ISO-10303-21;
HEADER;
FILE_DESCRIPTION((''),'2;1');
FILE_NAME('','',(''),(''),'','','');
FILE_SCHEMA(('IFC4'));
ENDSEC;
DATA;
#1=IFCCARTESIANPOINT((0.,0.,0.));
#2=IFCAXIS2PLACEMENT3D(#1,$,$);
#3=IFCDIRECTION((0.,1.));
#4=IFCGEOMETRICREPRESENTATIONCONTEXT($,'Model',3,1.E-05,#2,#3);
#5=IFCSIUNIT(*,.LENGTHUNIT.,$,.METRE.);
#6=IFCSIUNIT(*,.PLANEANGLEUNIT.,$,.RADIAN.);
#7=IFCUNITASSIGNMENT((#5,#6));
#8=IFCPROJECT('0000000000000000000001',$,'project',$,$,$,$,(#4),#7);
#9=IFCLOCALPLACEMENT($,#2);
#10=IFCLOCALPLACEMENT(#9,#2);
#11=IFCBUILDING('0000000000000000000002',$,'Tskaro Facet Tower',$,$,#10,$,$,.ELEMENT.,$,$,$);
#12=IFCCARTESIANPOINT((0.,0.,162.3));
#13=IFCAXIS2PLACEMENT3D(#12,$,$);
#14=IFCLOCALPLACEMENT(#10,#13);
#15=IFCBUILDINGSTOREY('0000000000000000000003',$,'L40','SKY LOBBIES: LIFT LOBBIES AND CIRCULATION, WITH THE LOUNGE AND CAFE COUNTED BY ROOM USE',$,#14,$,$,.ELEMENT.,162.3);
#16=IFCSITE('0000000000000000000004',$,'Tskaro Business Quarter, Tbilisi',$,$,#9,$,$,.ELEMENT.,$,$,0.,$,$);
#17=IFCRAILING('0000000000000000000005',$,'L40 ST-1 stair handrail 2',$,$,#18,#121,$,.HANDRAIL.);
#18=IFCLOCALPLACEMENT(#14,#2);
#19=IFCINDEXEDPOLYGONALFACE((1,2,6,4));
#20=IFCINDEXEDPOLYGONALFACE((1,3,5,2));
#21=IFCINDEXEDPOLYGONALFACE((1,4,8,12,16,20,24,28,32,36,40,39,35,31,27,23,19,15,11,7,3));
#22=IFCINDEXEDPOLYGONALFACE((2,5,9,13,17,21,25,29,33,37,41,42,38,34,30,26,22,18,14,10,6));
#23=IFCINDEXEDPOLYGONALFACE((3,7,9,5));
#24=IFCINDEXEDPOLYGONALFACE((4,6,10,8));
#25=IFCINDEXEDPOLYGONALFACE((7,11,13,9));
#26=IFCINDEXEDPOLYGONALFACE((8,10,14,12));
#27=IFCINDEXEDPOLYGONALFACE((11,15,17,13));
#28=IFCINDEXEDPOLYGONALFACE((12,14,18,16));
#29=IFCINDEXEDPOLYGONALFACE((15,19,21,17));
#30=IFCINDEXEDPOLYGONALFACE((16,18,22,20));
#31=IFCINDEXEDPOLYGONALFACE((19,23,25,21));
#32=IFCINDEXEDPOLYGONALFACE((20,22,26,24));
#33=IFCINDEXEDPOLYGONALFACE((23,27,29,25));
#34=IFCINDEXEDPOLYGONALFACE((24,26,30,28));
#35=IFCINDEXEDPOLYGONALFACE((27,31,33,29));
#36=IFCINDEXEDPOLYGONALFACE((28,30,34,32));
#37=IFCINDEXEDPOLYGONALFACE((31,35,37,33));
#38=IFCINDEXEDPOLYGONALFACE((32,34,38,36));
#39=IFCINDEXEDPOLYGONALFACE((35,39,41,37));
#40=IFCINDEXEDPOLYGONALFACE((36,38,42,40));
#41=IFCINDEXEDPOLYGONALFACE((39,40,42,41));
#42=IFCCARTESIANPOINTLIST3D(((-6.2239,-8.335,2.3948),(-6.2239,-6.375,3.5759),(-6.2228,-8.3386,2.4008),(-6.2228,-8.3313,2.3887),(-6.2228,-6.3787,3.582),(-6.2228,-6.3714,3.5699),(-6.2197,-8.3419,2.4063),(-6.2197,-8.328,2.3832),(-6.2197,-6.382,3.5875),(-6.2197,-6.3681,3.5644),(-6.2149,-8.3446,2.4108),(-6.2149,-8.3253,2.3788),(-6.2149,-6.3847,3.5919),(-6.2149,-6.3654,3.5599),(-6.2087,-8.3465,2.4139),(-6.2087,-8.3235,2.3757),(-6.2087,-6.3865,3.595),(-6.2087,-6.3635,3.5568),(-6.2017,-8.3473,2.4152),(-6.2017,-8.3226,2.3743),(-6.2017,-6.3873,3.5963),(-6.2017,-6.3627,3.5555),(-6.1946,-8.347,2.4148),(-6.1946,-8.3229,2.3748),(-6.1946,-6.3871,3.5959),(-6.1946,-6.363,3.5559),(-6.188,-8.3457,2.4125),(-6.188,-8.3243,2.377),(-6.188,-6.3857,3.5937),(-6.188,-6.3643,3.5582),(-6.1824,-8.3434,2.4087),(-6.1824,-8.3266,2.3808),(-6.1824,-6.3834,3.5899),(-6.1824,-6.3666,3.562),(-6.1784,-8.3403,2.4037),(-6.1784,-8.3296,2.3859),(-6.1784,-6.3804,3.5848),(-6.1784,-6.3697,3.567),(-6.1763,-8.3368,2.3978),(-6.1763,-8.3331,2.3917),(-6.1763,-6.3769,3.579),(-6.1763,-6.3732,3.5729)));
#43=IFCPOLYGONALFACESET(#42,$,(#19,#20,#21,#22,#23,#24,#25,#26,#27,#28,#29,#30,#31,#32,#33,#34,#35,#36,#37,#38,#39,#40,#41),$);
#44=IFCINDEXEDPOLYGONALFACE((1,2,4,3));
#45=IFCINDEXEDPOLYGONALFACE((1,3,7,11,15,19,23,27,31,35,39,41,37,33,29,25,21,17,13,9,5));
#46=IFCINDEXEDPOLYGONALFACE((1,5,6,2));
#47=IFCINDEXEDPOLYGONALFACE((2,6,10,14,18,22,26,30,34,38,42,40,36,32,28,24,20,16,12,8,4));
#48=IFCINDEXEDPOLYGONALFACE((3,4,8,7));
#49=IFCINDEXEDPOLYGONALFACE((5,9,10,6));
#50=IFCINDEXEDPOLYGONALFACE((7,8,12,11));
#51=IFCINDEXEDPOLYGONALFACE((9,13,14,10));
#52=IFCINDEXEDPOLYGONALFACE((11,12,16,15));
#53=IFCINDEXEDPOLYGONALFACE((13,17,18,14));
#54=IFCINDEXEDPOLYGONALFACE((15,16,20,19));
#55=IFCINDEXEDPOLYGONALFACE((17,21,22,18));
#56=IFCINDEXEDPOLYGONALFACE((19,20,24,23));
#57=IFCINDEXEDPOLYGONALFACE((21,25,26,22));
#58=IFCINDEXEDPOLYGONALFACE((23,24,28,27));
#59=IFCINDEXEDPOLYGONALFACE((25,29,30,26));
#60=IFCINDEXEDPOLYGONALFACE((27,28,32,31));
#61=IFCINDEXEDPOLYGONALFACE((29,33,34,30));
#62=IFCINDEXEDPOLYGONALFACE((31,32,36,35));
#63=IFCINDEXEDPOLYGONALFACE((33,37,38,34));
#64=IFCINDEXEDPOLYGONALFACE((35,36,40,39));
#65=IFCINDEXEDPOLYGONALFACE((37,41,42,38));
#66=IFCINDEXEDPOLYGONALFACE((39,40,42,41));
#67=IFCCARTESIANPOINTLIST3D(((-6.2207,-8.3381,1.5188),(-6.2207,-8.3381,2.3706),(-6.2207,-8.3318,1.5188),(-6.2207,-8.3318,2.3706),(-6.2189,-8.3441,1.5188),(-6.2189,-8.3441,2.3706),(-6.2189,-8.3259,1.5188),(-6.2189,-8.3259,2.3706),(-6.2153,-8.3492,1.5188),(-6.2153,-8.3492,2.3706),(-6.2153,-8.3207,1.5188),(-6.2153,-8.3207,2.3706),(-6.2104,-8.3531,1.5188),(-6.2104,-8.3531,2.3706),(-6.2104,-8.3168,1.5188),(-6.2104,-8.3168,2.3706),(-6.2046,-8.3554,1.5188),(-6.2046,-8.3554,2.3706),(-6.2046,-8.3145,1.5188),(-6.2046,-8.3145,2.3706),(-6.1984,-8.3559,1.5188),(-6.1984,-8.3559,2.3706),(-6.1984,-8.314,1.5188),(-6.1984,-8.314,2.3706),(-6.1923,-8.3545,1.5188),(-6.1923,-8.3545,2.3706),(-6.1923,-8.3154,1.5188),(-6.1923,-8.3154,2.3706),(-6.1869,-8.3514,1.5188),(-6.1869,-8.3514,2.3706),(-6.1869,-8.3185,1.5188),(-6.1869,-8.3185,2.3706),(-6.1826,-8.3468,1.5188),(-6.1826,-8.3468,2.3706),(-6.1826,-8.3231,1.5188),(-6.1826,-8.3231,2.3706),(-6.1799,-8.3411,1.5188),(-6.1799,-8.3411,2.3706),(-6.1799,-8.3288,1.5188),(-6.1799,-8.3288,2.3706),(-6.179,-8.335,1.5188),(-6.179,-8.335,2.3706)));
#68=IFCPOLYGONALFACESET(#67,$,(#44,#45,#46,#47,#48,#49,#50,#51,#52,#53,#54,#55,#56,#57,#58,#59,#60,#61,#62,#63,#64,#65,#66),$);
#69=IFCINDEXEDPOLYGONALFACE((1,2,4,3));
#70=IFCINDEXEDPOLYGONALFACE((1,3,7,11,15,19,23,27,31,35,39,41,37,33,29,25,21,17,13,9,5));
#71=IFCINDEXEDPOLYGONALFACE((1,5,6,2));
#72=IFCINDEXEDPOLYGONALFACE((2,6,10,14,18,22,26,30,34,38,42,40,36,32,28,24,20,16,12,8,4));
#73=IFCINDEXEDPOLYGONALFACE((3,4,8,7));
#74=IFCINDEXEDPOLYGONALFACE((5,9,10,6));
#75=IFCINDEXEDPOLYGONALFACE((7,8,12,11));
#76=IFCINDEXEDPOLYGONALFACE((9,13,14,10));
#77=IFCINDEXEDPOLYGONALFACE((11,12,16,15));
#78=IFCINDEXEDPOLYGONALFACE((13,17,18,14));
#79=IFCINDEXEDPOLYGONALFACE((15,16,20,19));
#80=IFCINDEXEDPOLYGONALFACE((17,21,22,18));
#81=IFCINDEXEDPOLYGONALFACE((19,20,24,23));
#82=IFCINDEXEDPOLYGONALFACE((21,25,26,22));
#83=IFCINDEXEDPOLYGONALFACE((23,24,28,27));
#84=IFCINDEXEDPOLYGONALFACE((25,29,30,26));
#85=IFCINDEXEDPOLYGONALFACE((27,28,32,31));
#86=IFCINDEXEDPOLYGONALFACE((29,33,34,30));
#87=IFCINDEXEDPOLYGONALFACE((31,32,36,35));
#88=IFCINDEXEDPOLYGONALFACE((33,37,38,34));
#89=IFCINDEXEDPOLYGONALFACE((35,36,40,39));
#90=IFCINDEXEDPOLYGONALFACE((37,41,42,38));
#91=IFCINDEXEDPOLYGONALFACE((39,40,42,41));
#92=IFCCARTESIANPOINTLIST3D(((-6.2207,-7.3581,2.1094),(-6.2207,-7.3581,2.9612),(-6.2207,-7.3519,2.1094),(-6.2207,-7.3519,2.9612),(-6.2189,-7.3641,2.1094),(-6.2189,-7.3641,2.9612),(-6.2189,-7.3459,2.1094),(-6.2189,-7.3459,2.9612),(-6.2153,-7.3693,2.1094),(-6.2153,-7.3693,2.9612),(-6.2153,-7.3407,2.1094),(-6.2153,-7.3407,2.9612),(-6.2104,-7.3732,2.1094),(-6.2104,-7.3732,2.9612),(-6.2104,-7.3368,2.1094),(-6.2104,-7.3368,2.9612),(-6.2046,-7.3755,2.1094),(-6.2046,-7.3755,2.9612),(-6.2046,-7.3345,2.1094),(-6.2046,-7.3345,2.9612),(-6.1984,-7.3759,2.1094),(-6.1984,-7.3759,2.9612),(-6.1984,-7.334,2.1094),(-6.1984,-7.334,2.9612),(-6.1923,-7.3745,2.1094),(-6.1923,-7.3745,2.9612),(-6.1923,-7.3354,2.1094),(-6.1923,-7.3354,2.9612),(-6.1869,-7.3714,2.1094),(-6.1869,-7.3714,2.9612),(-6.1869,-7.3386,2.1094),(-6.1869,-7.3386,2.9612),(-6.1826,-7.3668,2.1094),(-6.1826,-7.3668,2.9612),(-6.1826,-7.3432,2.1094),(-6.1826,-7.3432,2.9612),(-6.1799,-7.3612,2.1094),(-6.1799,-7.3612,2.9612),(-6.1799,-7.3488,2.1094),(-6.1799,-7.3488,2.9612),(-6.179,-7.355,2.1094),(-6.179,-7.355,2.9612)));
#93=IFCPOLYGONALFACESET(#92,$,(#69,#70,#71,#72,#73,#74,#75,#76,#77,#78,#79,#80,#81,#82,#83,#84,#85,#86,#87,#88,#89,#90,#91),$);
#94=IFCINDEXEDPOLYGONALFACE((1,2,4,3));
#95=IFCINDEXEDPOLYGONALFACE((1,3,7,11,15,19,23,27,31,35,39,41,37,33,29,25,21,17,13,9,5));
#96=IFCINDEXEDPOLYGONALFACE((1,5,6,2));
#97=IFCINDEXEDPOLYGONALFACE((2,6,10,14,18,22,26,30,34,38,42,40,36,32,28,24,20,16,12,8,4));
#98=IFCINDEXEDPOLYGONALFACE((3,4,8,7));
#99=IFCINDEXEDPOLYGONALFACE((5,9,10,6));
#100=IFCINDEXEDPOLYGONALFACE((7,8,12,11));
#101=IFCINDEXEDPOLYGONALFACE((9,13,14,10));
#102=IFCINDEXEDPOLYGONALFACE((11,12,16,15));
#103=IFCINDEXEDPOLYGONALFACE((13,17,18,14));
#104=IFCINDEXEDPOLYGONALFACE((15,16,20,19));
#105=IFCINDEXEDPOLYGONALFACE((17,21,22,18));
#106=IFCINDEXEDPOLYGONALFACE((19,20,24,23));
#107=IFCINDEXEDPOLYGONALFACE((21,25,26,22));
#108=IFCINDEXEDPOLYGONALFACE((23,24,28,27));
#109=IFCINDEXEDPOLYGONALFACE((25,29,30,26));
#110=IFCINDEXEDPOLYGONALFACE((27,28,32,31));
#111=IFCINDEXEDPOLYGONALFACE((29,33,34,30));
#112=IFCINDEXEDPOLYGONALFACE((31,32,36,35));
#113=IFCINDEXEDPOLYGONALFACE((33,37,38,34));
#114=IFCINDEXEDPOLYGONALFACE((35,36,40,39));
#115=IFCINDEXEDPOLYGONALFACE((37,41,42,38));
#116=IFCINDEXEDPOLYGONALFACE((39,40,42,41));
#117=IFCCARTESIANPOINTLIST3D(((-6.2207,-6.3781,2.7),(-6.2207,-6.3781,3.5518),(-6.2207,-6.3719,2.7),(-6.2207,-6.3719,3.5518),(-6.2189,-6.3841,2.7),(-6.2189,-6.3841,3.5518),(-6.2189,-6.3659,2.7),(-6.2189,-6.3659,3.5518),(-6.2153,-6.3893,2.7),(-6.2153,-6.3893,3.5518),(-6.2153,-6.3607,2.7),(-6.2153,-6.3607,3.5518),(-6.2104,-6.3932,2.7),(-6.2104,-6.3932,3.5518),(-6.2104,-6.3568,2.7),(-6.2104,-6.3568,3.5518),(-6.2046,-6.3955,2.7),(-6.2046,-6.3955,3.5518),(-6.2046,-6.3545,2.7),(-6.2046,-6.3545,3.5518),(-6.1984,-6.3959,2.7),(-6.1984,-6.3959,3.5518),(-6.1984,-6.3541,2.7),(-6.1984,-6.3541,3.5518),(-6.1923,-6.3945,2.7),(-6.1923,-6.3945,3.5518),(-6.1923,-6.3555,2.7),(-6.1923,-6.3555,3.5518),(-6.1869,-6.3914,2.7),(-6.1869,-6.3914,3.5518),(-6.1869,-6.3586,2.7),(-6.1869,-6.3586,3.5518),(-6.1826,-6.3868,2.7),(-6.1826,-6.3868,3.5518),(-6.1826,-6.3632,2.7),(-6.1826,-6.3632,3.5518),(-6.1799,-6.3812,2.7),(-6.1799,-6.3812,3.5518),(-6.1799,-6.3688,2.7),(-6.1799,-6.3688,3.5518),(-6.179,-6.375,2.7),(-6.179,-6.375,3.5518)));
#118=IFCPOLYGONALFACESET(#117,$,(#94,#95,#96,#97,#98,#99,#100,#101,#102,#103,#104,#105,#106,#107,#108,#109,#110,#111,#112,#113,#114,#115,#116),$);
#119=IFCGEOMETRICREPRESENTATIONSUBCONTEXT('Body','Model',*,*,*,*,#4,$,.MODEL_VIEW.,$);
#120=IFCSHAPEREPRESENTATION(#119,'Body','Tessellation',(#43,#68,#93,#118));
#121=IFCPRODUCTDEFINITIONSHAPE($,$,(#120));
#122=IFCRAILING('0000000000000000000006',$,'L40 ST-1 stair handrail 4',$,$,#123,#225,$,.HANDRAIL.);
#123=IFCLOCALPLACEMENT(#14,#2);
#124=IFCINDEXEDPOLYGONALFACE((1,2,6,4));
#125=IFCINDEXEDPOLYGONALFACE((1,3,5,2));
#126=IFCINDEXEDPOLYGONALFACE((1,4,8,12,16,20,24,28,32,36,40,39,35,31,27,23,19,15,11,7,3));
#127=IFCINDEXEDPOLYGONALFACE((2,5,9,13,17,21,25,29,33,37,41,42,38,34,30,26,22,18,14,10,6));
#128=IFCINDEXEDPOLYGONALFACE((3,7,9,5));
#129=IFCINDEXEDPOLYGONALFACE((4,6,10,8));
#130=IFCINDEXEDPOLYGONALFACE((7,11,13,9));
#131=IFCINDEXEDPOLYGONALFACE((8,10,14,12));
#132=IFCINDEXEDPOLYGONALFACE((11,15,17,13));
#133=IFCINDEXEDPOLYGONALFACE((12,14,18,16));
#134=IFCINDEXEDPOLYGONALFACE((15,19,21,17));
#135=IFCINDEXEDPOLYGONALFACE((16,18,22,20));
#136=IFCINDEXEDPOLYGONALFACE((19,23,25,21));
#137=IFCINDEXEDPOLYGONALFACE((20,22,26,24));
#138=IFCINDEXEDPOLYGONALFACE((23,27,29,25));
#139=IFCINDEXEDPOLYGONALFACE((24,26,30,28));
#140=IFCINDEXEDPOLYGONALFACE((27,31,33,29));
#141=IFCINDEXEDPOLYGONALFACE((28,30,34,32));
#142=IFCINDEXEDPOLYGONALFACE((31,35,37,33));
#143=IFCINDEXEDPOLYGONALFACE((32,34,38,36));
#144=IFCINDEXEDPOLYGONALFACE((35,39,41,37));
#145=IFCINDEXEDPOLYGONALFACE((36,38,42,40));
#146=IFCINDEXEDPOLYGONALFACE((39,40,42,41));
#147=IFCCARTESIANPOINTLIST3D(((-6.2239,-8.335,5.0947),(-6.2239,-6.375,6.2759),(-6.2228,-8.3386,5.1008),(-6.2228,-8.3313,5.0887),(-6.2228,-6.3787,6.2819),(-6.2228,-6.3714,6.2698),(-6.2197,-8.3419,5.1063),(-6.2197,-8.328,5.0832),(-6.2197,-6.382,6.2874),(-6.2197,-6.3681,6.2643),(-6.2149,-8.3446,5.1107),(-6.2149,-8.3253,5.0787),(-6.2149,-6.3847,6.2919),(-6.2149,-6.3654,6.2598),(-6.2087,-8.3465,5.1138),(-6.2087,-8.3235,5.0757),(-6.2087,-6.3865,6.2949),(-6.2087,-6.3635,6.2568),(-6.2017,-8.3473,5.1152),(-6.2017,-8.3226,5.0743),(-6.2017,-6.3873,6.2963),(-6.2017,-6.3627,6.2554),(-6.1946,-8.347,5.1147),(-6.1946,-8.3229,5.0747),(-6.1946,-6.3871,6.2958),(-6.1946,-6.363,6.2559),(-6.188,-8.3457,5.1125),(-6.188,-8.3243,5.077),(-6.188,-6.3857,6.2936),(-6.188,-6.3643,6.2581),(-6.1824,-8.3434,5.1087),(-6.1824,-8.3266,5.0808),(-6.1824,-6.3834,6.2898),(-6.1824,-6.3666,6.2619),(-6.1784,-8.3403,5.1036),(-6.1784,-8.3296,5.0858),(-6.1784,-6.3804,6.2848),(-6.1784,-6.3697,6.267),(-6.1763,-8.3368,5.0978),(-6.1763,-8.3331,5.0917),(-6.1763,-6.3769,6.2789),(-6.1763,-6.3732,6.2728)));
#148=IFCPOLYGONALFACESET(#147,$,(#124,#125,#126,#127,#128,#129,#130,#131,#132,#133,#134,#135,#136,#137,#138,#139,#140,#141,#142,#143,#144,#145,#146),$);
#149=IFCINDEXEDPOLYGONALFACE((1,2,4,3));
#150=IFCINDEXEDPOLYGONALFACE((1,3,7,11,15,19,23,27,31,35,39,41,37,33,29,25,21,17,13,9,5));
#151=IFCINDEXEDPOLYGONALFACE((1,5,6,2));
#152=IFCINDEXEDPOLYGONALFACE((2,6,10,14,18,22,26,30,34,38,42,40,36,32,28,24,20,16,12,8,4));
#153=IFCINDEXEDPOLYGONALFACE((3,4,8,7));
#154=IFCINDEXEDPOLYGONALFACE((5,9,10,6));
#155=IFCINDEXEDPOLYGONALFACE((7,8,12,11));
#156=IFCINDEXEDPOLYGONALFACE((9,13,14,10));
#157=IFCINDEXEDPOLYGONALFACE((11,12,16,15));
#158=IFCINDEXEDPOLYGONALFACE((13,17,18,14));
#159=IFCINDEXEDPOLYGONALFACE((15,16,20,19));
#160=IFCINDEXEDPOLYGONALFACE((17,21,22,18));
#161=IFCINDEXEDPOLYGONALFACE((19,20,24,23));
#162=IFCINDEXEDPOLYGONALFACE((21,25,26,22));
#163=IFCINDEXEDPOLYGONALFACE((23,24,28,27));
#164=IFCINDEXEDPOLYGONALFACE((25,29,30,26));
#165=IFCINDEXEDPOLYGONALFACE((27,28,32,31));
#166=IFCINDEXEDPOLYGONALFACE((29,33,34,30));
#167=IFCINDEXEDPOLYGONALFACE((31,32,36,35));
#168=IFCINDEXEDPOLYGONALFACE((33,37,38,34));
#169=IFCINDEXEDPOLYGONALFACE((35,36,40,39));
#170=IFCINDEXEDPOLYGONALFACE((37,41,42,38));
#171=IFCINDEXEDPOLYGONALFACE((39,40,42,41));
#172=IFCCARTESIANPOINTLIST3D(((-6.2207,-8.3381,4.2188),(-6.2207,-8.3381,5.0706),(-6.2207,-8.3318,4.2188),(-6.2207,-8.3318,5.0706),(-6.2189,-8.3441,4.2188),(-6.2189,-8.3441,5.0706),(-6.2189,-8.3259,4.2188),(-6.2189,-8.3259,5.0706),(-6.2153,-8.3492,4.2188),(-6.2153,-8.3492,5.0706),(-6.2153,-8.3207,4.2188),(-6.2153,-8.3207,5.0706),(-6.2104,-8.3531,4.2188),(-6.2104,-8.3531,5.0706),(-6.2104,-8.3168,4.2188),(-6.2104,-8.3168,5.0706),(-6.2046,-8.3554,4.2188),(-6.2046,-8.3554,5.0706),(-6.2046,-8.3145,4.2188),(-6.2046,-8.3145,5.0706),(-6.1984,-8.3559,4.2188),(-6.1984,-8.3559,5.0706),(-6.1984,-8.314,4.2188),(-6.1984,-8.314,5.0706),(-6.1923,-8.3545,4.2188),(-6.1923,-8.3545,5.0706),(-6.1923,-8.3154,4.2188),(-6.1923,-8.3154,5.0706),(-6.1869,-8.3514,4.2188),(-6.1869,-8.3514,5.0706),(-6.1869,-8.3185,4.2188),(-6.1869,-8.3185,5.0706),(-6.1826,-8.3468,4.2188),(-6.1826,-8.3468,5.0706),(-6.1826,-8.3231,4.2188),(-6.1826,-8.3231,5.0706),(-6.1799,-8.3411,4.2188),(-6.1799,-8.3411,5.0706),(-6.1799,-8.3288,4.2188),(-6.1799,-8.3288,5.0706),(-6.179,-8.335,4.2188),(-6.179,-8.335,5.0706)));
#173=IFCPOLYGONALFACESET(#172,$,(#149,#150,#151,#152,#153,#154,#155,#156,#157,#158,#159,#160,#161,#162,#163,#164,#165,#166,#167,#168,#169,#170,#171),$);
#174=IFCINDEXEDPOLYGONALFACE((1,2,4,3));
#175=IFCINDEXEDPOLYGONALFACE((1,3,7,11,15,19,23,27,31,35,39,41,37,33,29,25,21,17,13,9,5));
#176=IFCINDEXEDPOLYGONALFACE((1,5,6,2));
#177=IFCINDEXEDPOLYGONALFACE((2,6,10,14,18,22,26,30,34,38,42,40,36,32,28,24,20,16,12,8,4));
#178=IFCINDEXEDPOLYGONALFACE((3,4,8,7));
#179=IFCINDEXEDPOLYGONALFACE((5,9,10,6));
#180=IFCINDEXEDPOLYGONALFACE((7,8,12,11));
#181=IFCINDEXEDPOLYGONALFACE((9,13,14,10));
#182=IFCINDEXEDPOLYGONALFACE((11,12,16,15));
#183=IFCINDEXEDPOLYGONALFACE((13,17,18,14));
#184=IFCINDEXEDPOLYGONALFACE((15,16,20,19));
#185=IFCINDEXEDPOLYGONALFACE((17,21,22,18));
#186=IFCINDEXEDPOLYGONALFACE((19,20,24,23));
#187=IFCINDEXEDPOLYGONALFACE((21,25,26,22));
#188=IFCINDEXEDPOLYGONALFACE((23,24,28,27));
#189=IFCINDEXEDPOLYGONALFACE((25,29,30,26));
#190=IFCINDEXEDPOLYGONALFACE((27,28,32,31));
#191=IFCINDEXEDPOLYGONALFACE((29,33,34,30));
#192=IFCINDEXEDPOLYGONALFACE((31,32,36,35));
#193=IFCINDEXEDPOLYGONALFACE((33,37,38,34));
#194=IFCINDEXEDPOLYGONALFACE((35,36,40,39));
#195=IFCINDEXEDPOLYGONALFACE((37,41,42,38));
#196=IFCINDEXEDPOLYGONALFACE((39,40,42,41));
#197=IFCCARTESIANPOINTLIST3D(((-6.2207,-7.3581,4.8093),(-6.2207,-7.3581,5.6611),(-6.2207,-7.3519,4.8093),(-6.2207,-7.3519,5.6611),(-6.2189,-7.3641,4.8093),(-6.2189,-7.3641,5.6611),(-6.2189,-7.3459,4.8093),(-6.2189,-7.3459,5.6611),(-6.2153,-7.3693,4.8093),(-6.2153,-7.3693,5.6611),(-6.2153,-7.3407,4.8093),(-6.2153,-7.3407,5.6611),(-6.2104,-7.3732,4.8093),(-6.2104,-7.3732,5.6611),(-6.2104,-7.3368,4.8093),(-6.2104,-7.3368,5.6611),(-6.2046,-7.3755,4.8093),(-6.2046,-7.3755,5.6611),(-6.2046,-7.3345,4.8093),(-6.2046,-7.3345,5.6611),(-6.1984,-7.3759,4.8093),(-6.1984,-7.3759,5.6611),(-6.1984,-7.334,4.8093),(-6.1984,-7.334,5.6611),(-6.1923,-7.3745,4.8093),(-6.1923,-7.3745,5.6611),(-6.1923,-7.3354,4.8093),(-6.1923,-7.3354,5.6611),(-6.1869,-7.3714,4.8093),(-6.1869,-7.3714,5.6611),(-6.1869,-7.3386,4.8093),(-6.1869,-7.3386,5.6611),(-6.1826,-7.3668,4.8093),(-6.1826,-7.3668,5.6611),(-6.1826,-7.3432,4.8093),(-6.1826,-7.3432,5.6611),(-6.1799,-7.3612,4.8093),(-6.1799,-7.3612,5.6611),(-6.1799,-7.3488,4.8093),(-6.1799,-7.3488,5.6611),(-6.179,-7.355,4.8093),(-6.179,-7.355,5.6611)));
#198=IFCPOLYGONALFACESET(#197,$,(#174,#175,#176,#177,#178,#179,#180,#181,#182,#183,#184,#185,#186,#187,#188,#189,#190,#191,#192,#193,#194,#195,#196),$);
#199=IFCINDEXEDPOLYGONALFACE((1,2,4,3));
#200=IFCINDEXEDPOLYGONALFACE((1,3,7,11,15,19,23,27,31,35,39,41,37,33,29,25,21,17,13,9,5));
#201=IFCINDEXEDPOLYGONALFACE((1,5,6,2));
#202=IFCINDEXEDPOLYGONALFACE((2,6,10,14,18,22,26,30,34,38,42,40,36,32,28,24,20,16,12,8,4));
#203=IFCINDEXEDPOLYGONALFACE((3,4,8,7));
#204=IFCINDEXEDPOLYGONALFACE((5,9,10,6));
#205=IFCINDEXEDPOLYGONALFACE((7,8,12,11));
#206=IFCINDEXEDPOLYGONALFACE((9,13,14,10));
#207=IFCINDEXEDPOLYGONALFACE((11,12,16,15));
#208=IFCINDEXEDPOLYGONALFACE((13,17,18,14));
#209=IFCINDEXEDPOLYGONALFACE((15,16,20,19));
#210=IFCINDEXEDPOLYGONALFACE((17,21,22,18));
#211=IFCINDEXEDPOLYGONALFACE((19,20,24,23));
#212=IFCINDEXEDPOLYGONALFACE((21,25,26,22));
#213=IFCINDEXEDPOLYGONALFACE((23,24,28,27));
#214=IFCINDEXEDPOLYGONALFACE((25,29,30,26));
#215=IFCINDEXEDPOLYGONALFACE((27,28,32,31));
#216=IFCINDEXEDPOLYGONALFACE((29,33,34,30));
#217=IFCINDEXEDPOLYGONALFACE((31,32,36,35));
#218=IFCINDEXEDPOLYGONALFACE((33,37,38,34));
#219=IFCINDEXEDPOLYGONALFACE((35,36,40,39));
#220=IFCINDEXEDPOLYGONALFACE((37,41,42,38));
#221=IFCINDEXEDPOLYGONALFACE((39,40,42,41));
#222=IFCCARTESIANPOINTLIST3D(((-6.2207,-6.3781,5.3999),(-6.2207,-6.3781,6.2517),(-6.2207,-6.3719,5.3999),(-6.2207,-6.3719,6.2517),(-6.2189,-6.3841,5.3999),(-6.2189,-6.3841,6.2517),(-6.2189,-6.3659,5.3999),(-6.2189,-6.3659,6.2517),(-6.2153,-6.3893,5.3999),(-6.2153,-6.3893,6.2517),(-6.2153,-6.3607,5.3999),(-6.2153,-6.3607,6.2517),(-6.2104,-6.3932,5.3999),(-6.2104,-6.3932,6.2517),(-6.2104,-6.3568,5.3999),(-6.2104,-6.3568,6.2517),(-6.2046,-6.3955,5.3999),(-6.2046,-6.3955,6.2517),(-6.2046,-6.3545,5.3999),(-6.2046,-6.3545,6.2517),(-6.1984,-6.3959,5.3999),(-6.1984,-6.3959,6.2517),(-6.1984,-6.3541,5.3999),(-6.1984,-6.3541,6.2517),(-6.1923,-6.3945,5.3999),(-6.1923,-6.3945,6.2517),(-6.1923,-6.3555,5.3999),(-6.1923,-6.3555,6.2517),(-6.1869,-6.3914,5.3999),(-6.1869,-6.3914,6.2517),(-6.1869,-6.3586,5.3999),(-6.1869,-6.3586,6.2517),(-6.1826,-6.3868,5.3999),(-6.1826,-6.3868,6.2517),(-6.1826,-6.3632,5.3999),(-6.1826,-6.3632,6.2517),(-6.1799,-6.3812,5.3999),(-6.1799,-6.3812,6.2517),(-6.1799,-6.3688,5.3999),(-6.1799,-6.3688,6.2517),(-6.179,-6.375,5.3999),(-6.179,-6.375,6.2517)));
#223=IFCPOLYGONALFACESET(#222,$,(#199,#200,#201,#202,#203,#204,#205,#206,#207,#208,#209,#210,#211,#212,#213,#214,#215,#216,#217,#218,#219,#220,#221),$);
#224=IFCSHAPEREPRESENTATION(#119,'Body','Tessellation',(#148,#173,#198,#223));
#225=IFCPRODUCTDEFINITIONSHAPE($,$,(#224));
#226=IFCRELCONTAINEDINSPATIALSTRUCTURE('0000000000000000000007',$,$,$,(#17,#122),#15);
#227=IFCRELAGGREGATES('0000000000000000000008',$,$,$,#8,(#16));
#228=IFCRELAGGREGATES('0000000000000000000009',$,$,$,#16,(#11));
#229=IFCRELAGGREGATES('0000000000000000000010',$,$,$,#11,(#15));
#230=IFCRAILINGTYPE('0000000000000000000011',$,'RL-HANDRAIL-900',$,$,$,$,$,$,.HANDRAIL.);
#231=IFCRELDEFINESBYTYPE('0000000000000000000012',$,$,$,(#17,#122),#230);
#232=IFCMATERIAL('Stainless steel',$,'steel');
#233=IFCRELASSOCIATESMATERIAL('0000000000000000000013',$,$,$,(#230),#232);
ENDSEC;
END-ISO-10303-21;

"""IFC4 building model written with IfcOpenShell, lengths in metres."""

from ifc_helpers import new_model, si_unit, direction, frame, origin, origin_2d, place, context, subcontext, project, spatial, circle, extrude, material, type_object, element, save


model = new_model("IFC4")

# Units and contexts
model_context = context("Model", 3, precision=1e-05, world=origin(), true_north=direction((0.0, 1.0)))
body_context = subcontext(model_context, "Body", "Model", "MODEL_VIEW")
ifc_project = project(units=[si_unit("LENGTHUNIT", "METRE"), si_unit("PLANEANGLEUNIT", "RADIAN")], contexts=[model_context])

# Site, building, storey
site_placement = place(None, origin())
site = spatial("IfcSite", under=ifc_project, at=site_placement, Name="Tskaro Business Quarter, Tbilisi", CompositionType="ELEMENT", RefElevation=0.0)
building_placement = place(site_placement, origin())
building = spatial("IfcBuilding", under=site, at=building_placement, Name="Tskaro Facet Tower", CompositionType="ELEMENT")
storey_placement = place(building_placement, frame((0.0, 0.0, 162.3)))
storey = spatial("IfcBuildingStorey", under=building, at=storey_placement, Name="L40", Description="SKY LOBBIES: LIFT LOBBIES AND CIRCULATION, WITH THE LOUNGE AND CAFE COUNTED BY ROOM USE", CompositionType="ELEMENT", Elevation=162.3)

# Shared definitions
ifc_material_1 = material(Name="Stainless steel", Category="steel")

# Railings
railing_type_1 = type_object("IfcRailingType", Name="RL-HANDRAIL-900", PredefinedType="HANDRAIL", material=ifc_material_1)
for number, where, name in (
    (1, (-6.2, -8.335, 1.5188), "L40 ST-1 stair handrail 2"),
    (2, (-6.2, -8.335, 4.2188), "L40 ST-1 stair handrail 4"),
):
    element("IfcRailing", number, at=place(storey_placement, frame(where)), inside=storey, type_object=railing_type_1, Name=name, PredefinedType="HANDRAIL", context=body_context, shape_type="SweptSolid", body=[
        extrude(circle(Radius=0.0239, at=origin_2d()), frame((0.0, 0.0, 0.876), z_axis=(0.0, 0.856493, 0.516158), x_axis=(-1.0, 0.0, 0.0)), (0.0, 0.0, 1.0), 2.2883),
        extrude(circle(Radius=0.021, at=origin_2d()), origin(), (0.0, 0.0, 1.0), 0.8518),
        extrude(circle(Radius=0.021, at=origin_2d()), frame((0.0, 0.98, 0.5906)), (0.0, 0.0, 1.0), 0.8518),
        extrude(circle(Radius=0.021, at=origin_2d()), frame((0.0, 1.96, 1.1812)), (0.0, 0.0, 1.0), 0.8518),
    ])

save(model, "model.ifc")
